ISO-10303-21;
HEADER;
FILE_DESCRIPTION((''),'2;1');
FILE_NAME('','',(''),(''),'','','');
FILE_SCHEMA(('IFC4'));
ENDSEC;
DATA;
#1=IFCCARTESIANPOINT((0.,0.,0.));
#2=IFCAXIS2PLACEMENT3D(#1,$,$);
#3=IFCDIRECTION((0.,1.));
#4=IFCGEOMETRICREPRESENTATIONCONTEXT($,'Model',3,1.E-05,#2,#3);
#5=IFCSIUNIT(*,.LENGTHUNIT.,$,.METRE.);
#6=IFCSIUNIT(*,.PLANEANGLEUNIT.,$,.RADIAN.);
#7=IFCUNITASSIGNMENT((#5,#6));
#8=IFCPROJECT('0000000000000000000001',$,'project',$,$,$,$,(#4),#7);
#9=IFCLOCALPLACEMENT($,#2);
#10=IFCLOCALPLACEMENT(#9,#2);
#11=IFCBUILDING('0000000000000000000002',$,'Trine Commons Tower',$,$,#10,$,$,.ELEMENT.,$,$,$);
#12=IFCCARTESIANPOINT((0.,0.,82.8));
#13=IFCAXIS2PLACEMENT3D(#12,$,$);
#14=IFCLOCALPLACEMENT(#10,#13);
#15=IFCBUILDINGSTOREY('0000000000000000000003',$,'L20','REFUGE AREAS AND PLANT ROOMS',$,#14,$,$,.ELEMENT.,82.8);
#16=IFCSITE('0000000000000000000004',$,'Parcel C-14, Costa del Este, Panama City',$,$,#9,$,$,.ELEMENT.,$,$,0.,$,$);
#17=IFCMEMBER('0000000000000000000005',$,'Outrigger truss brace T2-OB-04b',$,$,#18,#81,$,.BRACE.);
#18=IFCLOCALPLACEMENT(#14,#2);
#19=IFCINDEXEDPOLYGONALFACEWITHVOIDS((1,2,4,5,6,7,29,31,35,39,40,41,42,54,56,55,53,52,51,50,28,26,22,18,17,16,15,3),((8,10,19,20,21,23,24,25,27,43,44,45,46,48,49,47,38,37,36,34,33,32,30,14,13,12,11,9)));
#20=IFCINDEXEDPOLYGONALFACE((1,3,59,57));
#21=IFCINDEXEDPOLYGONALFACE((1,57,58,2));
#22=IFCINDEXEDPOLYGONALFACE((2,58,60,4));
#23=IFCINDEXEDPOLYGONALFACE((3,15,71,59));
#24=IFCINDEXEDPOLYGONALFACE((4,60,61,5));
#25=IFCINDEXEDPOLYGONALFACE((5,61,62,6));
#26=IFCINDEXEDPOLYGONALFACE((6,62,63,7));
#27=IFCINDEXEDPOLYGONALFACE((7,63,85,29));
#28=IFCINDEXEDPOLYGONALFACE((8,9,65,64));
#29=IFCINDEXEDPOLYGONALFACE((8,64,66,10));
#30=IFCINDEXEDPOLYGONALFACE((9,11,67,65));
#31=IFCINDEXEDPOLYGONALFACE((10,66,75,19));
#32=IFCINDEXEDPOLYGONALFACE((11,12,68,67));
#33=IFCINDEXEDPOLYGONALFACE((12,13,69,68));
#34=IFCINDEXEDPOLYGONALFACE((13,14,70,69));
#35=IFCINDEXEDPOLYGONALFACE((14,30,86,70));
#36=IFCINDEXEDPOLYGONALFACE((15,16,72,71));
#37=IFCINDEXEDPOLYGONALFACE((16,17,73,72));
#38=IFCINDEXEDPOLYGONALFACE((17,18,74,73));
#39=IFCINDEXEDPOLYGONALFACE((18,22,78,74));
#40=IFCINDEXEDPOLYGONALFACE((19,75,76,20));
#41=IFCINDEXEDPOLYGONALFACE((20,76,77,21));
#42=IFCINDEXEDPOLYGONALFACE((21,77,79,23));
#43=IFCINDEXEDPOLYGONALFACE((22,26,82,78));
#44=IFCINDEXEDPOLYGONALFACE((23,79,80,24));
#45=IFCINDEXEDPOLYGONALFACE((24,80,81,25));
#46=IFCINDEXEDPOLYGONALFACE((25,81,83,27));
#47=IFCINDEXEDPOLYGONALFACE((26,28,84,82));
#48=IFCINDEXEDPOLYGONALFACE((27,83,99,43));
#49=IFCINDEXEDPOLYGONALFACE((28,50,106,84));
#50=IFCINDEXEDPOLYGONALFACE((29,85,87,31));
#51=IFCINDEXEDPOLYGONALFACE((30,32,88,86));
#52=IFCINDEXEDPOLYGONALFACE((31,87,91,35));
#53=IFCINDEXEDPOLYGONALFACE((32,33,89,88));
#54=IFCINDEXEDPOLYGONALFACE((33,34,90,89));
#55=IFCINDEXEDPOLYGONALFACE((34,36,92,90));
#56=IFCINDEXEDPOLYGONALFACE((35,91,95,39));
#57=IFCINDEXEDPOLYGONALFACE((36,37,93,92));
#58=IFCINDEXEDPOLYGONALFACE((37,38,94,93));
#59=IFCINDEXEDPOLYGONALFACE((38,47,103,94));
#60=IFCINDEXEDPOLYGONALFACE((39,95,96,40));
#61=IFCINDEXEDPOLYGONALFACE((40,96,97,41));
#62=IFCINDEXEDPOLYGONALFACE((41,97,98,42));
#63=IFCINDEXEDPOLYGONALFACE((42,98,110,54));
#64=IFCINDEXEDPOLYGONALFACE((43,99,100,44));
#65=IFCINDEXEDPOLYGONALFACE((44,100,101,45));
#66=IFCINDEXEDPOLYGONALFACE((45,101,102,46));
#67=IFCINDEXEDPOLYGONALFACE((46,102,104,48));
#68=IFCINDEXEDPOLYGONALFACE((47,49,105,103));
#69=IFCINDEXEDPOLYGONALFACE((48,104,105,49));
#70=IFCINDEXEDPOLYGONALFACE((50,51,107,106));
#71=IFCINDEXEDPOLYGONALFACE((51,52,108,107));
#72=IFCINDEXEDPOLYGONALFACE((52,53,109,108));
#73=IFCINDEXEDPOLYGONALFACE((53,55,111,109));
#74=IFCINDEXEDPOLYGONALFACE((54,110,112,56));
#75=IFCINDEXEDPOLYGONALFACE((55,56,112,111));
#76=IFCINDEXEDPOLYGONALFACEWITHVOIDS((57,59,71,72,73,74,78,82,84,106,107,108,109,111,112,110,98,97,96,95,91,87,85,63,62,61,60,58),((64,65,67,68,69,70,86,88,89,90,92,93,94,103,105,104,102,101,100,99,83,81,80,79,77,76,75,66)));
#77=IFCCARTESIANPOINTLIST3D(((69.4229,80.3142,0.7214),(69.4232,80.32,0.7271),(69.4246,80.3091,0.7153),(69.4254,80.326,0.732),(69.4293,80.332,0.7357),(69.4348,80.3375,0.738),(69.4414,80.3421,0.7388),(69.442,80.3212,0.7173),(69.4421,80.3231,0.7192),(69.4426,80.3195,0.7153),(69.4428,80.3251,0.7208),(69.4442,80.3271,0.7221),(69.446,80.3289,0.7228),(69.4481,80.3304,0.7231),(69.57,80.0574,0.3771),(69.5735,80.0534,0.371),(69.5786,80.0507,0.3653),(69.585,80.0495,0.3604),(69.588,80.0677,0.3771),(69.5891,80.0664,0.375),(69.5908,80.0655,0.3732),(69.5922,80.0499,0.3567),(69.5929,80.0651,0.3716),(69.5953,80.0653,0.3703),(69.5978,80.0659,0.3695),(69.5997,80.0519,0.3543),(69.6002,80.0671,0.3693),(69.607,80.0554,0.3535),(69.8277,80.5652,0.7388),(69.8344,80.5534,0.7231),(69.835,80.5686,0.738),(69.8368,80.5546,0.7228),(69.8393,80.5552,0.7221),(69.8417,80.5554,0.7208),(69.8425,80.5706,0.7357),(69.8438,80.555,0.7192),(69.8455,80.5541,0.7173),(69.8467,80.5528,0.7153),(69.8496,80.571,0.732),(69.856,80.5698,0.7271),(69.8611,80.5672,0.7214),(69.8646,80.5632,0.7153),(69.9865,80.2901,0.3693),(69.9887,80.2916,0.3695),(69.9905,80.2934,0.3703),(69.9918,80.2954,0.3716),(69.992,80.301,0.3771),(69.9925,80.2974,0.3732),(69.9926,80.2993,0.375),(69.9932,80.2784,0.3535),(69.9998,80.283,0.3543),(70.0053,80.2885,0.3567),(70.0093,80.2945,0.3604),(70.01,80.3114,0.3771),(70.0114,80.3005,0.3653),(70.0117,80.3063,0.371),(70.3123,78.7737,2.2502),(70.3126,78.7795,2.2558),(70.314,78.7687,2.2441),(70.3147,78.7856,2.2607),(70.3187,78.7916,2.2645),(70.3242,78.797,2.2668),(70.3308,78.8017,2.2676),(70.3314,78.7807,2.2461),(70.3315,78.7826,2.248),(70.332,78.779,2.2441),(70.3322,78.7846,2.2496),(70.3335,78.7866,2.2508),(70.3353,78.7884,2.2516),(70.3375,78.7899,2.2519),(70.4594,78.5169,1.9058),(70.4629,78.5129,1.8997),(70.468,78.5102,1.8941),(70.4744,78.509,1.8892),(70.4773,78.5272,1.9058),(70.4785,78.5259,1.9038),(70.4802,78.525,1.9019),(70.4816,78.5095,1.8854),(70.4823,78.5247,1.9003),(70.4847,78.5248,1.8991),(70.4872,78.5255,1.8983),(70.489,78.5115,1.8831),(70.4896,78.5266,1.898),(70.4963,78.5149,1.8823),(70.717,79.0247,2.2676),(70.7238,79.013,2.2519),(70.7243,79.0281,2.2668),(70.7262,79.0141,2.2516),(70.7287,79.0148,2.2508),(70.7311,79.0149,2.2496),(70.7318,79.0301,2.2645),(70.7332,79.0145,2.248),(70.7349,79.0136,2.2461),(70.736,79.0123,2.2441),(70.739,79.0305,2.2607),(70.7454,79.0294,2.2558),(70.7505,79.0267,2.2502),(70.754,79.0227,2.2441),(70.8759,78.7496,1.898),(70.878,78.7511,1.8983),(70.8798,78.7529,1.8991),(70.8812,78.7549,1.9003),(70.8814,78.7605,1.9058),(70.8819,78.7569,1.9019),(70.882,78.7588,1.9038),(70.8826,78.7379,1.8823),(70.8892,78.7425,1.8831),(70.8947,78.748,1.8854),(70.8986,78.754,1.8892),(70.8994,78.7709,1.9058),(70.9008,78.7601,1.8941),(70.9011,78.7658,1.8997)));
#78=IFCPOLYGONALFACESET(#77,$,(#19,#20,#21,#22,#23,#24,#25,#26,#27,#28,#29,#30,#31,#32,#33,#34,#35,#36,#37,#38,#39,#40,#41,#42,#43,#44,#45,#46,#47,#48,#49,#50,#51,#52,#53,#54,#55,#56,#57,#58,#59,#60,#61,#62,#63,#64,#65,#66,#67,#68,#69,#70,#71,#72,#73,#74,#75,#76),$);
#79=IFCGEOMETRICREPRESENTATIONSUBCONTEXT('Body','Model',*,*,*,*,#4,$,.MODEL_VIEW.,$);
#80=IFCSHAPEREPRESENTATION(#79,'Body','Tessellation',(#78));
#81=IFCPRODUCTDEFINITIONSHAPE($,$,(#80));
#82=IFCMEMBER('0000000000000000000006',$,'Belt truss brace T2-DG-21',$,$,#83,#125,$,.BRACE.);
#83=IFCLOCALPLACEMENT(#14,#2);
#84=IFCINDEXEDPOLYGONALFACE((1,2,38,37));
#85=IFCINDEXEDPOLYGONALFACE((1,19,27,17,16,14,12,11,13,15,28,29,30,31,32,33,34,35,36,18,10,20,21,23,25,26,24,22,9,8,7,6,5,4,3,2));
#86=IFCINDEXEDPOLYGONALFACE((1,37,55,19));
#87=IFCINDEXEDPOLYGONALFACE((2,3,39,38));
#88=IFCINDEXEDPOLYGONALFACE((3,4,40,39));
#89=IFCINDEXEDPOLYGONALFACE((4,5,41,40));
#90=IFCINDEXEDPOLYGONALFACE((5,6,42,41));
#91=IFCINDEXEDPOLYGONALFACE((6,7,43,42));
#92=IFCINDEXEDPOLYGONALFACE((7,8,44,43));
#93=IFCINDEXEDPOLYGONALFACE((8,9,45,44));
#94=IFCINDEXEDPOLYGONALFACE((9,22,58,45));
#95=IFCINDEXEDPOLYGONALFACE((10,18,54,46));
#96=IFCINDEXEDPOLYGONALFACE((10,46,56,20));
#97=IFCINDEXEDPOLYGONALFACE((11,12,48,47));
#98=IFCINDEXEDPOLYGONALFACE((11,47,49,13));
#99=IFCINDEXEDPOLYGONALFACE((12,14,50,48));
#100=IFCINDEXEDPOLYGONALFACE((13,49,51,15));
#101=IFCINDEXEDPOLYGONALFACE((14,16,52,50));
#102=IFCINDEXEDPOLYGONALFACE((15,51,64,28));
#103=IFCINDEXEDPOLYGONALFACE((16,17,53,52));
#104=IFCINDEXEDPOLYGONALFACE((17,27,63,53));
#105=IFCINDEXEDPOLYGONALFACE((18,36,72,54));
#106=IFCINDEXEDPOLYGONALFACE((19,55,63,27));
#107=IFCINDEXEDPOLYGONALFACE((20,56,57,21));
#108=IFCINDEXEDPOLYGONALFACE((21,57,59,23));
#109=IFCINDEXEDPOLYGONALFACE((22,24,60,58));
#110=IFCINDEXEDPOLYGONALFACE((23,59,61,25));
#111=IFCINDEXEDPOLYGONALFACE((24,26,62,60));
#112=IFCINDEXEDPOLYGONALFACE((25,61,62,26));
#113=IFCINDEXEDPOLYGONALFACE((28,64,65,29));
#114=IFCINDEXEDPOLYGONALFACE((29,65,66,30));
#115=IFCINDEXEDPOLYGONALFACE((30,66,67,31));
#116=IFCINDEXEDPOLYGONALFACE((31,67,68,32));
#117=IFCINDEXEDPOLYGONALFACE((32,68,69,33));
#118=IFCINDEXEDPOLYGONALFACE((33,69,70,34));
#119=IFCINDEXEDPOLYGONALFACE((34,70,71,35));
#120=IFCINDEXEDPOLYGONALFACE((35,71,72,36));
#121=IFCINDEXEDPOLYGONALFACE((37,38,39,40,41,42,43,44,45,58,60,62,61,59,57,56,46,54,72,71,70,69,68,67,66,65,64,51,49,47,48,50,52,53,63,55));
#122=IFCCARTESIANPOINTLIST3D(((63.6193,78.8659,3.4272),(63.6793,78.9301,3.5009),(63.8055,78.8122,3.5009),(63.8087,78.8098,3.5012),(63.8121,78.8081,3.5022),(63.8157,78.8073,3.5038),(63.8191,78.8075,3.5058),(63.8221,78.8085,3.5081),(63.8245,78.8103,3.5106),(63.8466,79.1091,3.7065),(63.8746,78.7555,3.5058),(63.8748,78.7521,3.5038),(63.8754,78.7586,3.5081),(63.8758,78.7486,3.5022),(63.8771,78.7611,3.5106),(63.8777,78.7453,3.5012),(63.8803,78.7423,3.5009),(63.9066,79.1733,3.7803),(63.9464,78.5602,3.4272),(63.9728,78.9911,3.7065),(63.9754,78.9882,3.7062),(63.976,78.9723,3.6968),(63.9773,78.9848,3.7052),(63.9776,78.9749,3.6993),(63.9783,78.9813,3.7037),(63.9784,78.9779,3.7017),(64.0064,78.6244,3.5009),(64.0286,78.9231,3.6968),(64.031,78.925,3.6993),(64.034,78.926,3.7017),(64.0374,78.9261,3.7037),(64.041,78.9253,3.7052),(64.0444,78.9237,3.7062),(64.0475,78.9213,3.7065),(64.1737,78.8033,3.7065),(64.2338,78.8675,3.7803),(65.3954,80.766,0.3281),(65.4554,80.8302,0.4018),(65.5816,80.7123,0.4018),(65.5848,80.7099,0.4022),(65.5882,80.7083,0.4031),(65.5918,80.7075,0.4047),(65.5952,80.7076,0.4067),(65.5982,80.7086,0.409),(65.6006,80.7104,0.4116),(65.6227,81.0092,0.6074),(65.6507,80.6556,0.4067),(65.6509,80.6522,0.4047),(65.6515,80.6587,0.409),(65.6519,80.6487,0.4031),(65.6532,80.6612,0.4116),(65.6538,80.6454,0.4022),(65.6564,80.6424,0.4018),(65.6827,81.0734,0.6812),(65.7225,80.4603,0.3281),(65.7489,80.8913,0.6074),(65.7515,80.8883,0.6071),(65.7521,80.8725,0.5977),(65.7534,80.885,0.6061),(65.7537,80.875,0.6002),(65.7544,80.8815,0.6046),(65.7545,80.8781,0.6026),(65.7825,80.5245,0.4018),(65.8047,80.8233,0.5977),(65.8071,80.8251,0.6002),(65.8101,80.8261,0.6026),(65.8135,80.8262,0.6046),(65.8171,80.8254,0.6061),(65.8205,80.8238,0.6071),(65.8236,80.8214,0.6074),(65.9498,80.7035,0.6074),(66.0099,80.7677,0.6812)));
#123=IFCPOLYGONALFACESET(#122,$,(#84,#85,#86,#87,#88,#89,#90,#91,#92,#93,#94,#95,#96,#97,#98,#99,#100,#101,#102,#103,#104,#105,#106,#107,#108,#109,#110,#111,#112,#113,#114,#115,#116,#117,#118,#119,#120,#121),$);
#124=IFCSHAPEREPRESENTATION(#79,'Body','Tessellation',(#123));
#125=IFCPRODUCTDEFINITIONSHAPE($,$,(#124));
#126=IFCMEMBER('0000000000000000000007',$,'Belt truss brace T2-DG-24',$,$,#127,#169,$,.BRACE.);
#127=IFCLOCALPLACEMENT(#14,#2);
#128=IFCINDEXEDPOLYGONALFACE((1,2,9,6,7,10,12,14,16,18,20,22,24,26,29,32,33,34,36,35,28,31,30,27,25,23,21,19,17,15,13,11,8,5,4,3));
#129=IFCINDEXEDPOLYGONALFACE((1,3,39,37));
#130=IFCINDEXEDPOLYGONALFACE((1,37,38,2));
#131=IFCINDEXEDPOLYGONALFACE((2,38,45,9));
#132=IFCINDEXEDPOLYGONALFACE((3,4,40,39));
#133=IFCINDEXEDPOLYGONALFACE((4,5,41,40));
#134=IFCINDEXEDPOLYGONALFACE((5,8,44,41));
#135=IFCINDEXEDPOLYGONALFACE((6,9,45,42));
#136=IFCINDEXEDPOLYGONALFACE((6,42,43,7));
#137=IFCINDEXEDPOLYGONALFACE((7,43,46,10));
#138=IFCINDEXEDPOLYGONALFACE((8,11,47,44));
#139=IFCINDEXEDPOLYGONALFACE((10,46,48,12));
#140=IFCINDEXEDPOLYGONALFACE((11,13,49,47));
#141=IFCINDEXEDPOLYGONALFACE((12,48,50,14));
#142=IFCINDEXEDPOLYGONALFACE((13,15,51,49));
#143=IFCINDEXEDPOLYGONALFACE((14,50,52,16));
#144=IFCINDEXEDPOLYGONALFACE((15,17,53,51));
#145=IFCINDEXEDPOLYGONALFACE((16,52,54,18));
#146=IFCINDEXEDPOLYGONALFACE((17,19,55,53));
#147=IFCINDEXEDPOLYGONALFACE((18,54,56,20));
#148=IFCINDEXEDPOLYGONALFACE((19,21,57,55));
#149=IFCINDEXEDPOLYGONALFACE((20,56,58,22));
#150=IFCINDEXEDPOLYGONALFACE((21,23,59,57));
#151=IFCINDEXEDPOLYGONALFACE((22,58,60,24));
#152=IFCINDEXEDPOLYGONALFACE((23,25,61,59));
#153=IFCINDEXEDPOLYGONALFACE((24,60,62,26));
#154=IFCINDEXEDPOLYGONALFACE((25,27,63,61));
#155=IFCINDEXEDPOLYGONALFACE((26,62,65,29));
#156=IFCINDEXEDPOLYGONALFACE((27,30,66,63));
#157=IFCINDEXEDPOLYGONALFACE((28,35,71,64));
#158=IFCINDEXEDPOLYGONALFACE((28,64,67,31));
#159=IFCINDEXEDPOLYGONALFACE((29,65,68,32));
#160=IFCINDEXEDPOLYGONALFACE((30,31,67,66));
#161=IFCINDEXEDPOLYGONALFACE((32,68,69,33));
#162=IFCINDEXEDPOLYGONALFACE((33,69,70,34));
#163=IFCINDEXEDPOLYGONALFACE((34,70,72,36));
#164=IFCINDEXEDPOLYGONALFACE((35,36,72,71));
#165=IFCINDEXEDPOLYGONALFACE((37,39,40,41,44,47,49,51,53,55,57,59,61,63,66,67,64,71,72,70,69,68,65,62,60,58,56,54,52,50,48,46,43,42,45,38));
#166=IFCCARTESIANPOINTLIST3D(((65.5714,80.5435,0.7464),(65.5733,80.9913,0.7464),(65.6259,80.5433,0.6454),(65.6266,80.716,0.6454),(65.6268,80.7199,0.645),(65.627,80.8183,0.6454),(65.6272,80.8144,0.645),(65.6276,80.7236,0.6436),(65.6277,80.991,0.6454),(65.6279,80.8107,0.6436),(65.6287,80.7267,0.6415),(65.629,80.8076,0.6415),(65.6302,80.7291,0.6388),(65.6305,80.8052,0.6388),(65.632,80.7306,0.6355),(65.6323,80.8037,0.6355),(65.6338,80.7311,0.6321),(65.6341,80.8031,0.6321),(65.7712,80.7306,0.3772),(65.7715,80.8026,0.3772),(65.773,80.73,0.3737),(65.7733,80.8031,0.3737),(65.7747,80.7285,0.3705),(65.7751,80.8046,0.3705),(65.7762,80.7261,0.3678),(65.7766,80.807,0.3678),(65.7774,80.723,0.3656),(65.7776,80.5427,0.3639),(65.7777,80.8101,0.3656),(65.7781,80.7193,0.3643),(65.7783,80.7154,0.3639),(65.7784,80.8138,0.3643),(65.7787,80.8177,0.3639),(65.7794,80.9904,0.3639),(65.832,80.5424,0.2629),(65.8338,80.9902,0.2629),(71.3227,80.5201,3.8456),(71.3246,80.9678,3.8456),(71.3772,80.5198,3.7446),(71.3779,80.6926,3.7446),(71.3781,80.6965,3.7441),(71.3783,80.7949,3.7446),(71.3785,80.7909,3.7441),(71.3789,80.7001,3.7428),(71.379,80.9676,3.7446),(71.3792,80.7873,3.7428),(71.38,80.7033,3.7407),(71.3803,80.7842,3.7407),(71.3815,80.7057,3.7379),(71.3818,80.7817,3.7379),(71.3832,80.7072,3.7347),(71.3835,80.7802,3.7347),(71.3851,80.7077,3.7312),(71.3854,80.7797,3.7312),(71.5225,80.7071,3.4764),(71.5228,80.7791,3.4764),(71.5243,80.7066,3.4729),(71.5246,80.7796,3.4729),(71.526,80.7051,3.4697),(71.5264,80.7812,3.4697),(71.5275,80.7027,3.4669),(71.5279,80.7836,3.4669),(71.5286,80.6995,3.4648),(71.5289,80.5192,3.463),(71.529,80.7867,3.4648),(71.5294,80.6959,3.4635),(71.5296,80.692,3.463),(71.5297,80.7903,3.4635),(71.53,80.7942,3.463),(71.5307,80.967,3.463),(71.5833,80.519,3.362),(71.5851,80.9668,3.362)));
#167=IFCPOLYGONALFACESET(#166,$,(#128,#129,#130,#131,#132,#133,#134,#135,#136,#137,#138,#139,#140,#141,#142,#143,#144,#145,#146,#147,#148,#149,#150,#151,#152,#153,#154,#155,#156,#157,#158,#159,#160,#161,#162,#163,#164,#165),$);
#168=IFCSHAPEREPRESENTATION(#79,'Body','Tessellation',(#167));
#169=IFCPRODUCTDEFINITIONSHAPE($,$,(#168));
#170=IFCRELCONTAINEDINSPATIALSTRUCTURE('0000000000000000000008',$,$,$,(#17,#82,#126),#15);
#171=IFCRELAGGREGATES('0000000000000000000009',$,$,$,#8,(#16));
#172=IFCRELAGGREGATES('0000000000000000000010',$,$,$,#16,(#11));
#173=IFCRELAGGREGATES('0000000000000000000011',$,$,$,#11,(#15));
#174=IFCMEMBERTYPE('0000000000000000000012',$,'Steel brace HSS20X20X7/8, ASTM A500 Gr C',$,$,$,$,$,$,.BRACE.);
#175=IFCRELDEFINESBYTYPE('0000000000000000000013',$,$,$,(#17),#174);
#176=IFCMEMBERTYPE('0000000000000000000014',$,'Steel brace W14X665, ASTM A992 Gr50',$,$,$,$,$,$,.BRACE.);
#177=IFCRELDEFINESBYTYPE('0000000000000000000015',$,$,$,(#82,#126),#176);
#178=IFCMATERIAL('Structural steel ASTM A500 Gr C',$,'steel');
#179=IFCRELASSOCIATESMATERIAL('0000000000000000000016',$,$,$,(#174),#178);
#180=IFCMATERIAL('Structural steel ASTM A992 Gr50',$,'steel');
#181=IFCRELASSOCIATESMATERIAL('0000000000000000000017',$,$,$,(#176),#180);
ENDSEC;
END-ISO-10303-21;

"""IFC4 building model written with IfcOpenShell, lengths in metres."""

from ifc_helpers import new_model, si_unit, direction, frame, origin, origin_2d, place, context, subcontext, project, spatial, hollow_rectangle, i_section, extrude, material, material_profile, profile_set, type_object, element, save


model = new_model("IFC4")

# Units and contexts
model_context = context("Model", 3, precision=1e-05, world=origin(), true_north=direction((0.0, 1.0)))
body_context = subcontext(model_context, "Body", "Model", "MODEL_VIEW")
ifc_project = project(units=[si_unit("LENGTHUNIT", "METRE"), si_unit("PLANEANGLEUNIT", "RADIAN")], contexts=[model_context])

# Site, building, storey
site_placement = place(None, origin())
site = spatial("IfcSite", under=ifc_project, at=site_placement, Name="Parcel C-14, Costa del Este, Panama City", CompositionType="ELEMENT", RefElevation=0.0)
building_placement = place(site_placement, origin())
building = spatial("IfcBuilding", under=site, at=building_placement, Name="Trine Commons Tower", CompositionType="ELEMENT")
storey_placement = place(building_placement, frame((0.0, 0.0, 82.8)))
storey = spatial("IfcBuildingStorey", under=building, at=storey_placement, Name="L20", Description="REFUGE AREAS AND PLANT ROOMS", CompositionType="ELEMENT", Elevation=82.8)

# Members
ifc_material_1 = material(Name="Structural steel ASTM A500 Gr C", Category="steel")
ifc_material_profile_1 = material_profile(ifc_material_1, hollow_rectangle(XDim=0.5081, YDim=0.5081, WallThickness=0.0208, InnerFilletRadius=0.0103, OuterFilletRadius=0.031, at=origin_2d()), Name="HSS20X20X7/8")
ifc_profile_set_1 = profile_set([ifc_material_profile_1], Name="Structural steel ASTM A500 Gr C")
member_type_1 = type_object("IfcMemberType", Name="Steel brace HSS20X20X7/8, ASTM A500 Gr C", PredefinedType="BRACE", material=ifc_profile_set_1)
member_1_placement = place(storey_placement, frame((70.6067, 78.7698, 2.075), z_axis=(-0.379191, 0.656792, -0.651796), x_axis=(-0.86603, -0.499992, 0.0)))
element("IfcMember", 1, at=member_1_placement, inside=storey, type_object=member_type_1, Name="Outrigger truss brace T2-OB-04b", PredefinedType="BRACE", context=body_context, shape_type="SweptSolid", body=[
    extrude(hollow_rectangle(XDim=0.5081, YDim=0.5081, WallThickness=0.0208, InnerFilletRadius=0.0103, OuterFilletRadius=0.031, at=origin_2d()), origin(), (0.0, 0.0, 1.0), 2.3455),
])
ifc_material_2 = material(Name="Structural steel ASTM A992 Gr50", Category="steel")
ifc_material_profile_2 = material_profile(ifc_material_2, i_section(OverallWidth=0.4478, OverallDepth=0.5493, WebThickness=0.072, FlangeThickness=0.1147, FilletRadius=0.0151, at=origin_2d()), Name="W14X665")
ifc_profile_set_2 = profile_set([ifc_material_profile_2], Name="Structural steel ASTM A992 Gr50")
member_type_2 = type_object("IfcMemberType", Name="Steel brace W14X665, ASTM A992 Gr50", PredefinedType="BRACE", material=ifc_profile_set_2)
member_2_placement = place(storey_placement, frame((65.7026, 80.7668, 0.5046), z_axis=(-0.438988, -0.469641, 0.765981), x_axis=(0.730546, -0.682863, 0.0)))
element("IfcMember", 2, at=member_2_placement, inside=storey, type_object=member_type_2, Name="Belt truss brace T2-DG-21", PredefinedType="BRACE", context=body_context, shape_type="SweptSolid", body=[
    extrude(i_section(OverallWidth=0.4478, OverallDepth=0.5493, WebThickness=0.072, FlangeThickness=0.1147, FilletRadius=0.0151, at=origin_2d()), origin(), (0.0, 0.0, 1.0), 4.0459),
])
member_3_placement = place(storey_placement, frame((65.7026, 80.7668, 0.5046), z_axis=(0.880318, -0.003587, 0.474371), x_axis=(0.004075, 0.999992, 0.0)))
element("IfcMember", 3, at=member_3_placement, inside=storey, type_object=member_type_2, Name="Belt truss brace T2-DG-24", PredefinedType="BRACE", context=body_context, shape_type="SweptSolid", body=[
    extrude(i_section(OverallWidth=0.4478, OverallDepth=0.5493, WebThickness=0.072, FlangeThickness=0.1147, FilletRadius=0.0151, at=origin_2d()), origin(), (0.0, 0.0, 1.0), 6.5332),
])

save(model, "model.ifc")
